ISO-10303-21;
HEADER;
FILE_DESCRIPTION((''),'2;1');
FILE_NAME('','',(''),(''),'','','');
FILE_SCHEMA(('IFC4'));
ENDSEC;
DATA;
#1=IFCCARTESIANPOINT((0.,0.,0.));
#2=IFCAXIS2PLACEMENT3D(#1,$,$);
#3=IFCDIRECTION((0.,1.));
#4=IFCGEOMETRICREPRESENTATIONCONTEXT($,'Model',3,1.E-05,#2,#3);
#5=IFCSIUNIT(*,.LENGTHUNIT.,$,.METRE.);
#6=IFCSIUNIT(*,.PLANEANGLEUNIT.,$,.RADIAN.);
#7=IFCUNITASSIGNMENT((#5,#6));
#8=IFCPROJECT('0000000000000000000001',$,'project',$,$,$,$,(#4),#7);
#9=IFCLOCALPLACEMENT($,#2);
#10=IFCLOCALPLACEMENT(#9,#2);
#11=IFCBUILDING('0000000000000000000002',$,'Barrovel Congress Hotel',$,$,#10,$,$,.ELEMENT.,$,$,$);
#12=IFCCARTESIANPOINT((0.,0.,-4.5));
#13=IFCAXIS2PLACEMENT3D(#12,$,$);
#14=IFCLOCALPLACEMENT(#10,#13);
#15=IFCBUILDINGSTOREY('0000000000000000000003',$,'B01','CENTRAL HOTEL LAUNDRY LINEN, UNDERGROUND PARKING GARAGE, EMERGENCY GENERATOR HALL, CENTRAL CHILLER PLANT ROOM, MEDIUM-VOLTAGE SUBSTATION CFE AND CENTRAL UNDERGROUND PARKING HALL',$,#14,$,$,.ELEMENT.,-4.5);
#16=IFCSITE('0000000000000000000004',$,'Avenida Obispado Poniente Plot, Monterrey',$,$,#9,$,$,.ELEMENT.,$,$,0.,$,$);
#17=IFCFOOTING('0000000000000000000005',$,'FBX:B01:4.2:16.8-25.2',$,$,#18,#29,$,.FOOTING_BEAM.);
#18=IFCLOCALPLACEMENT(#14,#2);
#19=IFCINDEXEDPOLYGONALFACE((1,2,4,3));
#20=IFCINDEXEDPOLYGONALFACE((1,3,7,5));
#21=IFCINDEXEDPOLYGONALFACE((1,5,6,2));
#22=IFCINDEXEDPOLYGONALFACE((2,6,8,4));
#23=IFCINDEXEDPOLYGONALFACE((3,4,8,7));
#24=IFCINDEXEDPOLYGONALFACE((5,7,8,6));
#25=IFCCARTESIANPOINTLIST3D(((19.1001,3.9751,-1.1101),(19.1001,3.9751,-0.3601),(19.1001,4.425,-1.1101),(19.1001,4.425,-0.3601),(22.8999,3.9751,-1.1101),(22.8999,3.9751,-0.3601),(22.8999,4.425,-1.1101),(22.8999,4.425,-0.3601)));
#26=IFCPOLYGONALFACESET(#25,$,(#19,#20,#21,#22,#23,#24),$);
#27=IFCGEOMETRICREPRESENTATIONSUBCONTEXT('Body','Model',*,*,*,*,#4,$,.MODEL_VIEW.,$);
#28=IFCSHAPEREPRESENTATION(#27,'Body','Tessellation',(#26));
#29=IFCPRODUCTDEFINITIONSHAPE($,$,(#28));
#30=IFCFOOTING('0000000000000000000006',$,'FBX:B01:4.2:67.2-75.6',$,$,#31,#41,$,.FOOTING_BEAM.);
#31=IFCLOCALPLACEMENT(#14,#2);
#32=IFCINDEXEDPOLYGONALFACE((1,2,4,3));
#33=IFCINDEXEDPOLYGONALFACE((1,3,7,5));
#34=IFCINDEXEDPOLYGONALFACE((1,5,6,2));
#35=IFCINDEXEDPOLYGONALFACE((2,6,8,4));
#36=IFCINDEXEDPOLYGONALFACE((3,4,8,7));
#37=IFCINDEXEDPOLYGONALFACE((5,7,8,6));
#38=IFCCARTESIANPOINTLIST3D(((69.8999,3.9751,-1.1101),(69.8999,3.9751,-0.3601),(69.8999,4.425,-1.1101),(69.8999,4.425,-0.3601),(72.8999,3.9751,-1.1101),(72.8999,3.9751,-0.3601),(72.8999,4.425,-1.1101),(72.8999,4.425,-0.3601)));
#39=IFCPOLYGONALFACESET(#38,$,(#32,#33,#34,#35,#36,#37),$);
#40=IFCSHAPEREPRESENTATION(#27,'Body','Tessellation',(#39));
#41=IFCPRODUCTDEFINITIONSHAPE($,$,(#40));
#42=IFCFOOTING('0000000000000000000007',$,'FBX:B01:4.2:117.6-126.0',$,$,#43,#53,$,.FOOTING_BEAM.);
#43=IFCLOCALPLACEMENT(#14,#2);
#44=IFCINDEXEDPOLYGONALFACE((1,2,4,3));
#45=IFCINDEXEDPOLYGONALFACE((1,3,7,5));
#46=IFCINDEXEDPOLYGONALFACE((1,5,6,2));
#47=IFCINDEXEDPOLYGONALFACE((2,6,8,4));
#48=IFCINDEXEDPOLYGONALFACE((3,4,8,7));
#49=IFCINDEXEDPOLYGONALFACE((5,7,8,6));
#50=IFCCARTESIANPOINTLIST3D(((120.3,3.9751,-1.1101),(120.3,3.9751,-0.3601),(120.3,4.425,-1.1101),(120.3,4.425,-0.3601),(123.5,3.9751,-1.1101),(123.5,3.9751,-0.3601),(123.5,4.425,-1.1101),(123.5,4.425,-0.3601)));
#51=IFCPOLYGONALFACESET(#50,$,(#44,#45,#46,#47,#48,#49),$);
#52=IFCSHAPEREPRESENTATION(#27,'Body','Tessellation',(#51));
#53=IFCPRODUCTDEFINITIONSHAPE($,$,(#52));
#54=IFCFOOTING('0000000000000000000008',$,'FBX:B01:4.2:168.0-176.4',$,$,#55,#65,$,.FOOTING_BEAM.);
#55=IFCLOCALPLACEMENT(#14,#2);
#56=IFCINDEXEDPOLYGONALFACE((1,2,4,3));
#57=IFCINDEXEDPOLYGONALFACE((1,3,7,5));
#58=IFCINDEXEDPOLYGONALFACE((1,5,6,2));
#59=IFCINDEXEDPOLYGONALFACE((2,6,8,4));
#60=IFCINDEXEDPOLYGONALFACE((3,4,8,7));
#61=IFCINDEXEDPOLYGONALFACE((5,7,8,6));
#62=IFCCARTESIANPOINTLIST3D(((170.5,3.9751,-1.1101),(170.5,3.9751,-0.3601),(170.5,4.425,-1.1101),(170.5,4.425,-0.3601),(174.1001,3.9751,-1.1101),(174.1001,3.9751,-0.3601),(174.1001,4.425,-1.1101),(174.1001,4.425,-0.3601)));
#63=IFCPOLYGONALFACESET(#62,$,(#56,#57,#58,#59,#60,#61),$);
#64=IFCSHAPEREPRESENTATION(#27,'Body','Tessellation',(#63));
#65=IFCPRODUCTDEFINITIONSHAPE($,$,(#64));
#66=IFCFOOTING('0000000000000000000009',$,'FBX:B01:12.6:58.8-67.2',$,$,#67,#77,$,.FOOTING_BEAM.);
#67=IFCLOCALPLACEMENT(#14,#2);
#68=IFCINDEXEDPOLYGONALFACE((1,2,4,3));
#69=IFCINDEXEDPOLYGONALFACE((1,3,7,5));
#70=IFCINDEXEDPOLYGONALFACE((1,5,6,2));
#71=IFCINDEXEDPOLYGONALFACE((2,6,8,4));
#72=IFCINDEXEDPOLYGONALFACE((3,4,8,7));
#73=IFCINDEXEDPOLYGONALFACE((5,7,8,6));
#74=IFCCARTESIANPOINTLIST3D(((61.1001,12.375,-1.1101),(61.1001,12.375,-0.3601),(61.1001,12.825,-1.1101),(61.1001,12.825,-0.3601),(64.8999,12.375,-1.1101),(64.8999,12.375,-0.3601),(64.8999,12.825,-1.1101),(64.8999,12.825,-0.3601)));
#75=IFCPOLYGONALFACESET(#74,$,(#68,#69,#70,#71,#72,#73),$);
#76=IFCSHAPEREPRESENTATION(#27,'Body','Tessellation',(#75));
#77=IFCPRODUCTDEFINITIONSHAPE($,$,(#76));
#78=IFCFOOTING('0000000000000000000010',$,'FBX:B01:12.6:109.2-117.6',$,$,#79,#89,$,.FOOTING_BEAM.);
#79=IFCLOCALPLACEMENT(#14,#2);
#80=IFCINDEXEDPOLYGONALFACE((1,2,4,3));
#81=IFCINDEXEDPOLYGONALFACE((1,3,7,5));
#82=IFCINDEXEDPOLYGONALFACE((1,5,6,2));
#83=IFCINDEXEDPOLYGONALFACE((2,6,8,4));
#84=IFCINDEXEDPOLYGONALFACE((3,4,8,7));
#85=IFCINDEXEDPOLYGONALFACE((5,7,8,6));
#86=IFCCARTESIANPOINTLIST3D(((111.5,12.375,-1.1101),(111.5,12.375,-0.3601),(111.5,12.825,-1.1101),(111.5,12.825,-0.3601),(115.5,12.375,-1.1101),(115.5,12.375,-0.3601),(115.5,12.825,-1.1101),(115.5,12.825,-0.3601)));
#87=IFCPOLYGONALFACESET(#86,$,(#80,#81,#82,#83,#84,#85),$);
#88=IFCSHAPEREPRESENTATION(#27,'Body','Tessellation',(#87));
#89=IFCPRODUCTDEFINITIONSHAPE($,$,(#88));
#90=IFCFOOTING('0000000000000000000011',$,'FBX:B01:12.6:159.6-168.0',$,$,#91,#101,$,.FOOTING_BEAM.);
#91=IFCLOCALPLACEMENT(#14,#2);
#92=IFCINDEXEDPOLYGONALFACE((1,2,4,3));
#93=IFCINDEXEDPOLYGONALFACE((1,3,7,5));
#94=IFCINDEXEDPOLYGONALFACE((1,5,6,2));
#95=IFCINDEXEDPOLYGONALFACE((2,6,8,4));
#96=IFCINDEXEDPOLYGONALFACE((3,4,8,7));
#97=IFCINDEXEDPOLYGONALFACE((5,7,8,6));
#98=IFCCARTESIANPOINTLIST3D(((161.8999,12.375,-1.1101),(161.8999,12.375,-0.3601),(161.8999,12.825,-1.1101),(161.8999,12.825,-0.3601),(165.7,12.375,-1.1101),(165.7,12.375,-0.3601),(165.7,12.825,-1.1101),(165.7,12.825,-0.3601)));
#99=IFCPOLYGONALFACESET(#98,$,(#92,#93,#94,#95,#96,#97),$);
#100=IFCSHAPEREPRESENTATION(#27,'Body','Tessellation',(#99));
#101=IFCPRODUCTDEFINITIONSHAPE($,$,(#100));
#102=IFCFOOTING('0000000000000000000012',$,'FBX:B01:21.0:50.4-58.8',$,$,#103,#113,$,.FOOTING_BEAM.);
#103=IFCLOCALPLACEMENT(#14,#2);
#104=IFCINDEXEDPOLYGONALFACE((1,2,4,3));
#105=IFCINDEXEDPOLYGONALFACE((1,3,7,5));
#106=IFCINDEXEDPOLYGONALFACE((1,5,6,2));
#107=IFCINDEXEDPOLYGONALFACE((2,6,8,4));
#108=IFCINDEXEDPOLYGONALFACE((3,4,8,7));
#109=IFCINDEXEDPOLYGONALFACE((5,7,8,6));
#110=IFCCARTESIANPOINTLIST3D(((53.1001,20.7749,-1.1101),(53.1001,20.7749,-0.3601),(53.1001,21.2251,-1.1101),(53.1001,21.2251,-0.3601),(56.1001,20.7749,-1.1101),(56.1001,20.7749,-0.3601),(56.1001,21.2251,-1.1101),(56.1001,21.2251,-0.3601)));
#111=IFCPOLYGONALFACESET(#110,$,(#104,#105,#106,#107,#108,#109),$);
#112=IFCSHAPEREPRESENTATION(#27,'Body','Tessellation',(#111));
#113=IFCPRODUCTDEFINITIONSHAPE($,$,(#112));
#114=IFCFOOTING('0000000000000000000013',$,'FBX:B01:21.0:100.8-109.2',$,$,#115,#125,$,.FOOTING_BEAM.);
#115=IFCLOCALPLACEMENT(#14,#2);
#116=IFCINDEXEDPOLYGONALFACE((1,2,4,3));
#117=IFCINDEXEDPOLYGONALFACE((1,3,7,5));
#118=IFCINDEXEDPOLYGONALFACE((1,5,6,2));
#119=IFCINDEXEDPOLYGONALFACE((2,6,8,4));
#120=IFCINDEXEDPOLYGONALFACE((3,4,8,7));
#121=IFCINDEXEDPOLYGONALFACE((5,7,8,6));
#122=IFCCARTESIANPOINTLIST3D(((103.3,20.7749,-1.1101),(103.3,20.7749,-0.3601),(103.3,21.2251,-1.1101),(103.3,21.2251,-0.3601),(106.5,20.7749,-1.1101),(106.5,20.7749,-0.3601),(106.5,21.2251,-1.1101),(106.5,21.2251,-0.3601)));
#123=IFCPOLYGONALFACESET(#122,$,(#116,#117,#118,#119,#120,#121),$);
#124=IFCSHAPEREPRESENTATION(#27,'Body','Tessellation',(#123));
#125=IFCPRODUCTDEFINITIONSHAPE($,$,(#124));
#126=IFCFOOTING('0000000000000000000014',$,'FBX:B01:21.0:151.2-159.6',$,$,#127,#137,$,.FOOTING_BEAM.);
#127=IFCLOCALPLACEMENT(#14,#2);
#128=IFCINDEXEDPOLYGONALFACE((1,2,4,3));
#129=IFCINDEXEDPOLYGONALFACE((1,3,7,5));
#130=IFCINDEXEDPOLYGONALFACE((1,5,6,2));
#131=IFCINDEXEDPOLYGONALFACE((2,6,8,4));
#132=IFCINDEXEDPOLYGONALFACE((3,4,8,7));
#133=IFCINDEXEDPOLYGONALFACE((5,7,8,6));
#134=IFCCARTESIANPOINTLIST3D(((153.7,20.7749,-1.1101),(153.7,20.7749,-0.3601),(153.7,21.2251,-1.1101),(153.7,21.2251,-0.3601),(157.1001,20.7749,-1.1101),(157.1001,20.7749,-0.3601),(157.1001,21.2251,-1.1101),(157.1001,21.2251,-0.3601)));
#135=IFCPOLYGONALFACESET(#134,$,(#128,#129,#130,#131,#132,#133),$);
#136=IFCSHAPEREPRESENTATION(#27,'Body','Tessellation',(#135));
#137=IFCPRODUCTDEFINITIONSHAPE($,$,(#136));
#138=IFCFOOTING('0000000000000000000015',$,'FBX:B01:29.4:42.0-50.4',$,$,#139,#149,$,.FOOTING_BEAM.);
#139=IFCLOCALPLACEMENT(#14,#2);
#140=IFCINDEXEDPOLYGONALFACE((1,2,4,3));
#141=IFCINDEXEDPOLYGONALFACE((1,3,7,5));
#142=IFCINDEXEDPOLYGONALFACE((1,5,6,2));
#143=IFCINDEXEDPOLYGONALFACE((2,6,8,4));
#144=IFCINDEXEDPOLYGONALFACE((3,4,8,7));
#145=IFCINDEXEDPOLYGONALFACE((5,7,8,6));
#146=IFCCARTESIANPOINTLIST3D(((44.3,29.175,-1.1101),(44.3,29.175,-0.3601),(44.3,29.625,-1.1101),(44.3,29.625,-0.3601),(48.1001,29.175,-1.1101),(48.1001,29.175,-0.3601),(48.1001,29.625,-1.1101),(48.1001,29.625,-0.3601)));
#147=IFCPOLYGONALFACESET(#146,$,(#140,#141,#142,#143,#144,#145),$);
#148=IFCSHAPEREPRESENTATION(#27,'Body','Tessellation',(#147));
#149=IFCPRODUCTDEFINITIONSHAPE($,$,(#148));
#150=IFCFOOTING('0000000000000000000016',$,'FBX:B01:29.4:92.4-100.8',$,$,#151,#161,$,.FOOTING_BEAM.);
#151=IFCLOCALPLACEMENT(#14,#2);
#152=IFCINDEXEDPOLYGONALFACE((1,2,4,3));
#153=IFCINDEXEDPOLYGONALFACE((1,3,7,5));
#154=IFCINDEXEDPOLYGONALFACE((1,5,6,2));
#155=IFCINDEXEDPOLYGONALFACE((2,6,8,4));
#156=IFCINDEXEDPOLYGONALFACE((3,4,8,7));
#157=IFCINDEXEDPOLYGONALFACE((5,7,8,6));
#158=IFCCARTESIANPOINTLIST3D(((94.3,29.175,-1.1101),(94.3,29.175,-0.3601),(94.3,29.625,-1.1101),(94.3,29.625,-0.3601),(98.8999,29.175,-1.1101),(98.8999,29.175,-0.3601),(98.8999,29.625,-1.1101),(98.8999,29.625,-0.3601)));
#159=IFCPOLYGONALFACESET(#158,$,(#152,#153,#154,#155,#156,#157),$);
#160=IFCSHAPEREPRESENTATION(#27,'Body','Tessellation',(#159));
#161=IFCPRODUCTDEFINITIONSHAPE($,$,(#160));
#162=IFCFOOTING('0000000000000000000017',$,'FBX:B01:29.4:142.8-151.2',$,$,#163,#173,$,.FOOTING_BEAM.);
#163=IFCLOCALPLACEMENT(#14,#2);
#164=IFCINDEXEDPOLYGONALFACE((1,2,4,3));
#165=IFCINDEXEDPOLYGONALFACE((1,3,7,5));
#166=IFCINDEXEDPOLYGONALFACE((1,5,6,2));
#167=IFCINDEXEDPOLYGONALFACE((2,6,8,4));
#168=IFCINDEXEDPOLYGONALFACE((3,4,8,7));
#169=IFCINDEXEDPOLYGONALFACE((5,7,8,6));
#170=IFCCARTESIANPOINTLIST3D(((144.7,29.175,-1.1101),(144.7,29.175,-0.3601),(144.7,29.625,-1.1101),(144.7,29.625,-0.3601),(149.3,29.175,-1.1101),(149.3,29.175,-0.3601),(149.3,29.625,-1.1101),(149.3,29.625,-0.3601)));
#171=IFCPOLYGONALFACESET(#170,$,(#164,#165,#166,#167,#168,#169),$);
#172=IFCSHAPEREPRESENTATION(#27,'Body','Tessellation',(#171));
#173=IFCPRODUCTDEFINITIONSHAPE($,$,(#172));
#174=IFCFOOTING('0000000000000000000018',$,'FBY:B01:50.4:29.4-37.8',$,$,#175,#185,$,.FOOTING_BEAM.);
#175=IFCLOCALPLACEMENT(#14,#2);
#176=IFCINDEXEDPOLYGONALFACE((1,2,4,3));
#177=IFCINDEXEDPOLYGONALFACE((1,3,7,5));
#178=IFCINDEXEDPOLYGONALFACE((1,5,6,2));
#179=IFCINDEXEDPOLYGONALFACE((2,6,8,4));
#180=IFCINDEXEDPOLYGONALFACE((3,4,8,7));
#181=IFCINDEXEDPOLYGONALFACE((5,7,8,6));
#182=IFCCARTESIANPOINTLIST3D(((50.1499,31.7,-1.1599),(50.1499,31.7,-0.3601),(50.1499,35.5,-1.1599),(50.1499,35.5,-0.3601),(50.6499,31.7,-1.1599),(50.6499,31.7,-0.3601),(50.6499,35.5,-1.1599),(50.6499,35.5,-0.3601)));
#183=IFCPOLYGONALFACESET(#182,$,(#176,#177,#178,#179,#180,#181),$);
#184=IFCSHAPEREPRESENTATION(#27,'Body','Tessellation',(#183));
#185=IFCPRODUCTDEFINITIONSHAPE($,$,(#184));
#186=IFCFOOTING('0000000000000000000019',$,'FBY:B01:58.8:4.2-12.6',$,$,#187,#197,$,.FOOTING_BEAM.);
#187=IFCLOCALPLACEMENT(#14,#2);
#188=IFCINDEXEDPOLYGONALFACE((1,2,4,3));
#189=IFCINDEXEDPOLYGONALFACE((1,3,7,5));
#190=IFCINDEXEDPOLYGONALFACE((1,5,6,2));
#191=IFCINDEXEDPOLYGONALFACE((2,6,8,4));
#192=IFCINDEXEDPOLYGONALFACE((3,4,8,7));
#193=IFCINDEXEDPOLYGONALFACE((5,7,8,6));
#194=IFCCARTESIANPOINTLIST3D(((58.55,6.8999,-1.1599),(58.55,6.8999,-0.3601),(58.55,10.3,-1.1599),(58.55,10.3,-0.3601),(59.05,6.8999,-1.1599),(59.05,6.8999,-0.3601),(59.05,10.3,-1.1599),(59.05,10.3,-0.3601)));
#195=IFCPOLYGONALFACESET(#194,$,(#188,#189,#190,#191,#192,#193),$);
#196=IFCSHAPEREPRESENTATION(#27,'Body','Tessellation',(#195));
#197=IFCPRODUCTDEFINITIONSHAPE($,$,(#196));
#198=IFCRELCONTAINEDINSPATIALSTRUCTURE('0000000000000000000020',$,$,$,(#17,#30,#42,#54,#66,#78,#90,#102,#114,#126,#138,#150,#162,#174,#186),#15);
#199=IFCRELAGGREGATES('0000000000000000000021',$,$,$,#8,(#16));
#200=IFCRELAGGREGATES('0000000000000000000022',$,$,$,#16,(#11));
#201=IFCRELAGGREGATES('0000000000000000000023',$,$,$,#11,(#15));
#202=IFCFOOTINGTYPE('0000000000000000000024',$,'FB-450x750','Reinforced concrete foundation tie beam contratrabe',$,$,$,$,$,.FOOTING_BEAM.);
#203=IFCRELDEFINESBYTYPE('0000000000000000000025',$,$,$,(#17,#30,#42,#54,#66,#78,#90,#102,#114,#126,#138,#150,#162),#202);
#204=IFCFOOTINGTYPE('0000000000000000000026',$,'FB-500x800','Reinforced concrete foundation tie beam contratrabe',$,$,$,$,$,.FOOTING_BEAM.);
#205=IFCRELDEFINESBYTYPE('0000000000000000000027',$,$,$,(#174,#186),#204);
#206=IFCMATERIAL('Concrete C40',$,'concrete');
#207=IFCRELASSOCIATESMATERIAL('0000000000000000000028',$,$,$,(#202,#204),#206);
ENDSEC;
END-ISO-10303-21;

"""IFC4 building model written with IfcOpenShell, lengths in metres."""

from ifc_helpers import new_model, si_unit, direction, frame, origin, place, context, subcontext, project, spatial, polyline, outline, extrude, material, type_object, element, save


model = new_model("IFC4")

# Units and contexts
model_context = context("Model", 3, precision=1e-05, world=origin(), true_north=direction((0.0, 1.0)))
body_context = subcontext(model_context, "Body", "Model", "MODEL_VIEW")
ifc_project = project(units=[si_unit("LENGTHUNIT", "METRE"), si_unit("PLANEANGLEUNIT", "RADIAN")], contexts=[model_context])

# Site, building, storey
site_placement = place(None, origin())
site = spatial("IfcSite", under=ifc_project, at=site_placement, Name="Avenida Obispado Poniente Plot, Monterrey", CompositionType="ELEMENT", RefElevation=0.0)
building_placement = place(site_placement, origin())
building = spatial("IfcBuilding", under=site, at=building_placement, Name="Barrovel Congress Hotel", CompositionType="ELEMENT")
storey_placement = place(building_placement, frame((0.0, 0.0, -4.5)))
storey = spatial("IfcBuildingStorey", under=building, at=storey_placement, Name="B01", Description="CENTRAL HOTEL LAUNDRY LINEN, UNDERGROUND PARKING GARAGE, EMERGENCY GENERATOR HALL, CENTRAL CHILLER PLANT ROOM, MEDIUM-VOLTAGE SUBSTATION CFE AND CENTRAL UNDERGROUND PARKING HALL", CompositionType="ELEMENT", Elevation=-4.5)

# Footings
ifc_material = material(Name="Concrete C40", Category="concrete")
footing_type_1 = type_object("IfcFootingType", Name="FB-450x750", Description="Reinforced concrete foundation tie beam contratrabe", PredefinedType="FOOTING_BEAM", material=ifc_material)
footing_1_placement = place(storey_placement, frame((0.0, 0.0, -1.1101)))
element("IfcFooting", 1, at=footing_1_placement, inside=storey, type_object=footing_type_1, Name="FBX:B01:4.2:16.8-25.2", PredefinedType="FOOTING_BEAM", context=body_context, shape_type="SweptSolid", body=[
    extrude(outline(polyline([(19.1001, 3.9751), (22.8999, 3.9751), (22.8999, 4.425), (19.1001, 4.425), (19.1001, 3.9751)])), origin(), (0.0, 0.0, 1.0), 0.75),
])
footing_2_placement = place(storey_placement, frame((0.0, 0.0, -1.1101)))
element("IfcFooting", 2, at=footing_2_placement, inside=storey, type_object=footing_type_1, Name="FBX:B01:4.2:67.2-75.6", PredefinedType="FOOTING_BEAM", context=body_context, shape_type="SweptSolid", body=[
    extrude(outline(polyline([(69.8999, 3.9751), (72.8999, 3.9751), (72.8999, 4.425), (69.8999, 4.425), (69.8999, 3.9751)])), origin(), (0.0, 0.0, 1.0), 0.75),
])
footing_3_placement = place(storey_placement, frame((0.0, 0.0, -1.1101)))
element("IfcFooting", 3, at=footing_3_placement, inside=storey, type_object=footing_type_1, Name="FBX:B01:4.2:117.6-126.0", PredefinedType="FOOTING_BEAM", context=body_context, shape_type="SweptSolid", body=[
    extrude(outline(polyline([(120.3, 3.9751), (123.5, 3.9751), (123.5, 4.425), (120.3, 4.425), (120.3, 3.9751)])), origin(), (0.0, 0.0, 1.0), 0.75),
])
footing_4_placement = place(storey_placement, frame((0.0, 0.0, -1.1101)))
element("IfcFooting", 4, at=footing_4_placement, inside=storey, type_object=footing_type_1, Name="FBX:B01:4.2:168.0-176.4", PredefinedType="FOOTING_BEAM", context=body_context, shape_type="SweptSolid", body=[
    extrude(outline(polyline([(170.5, 3.9751), (174.1001, 3.9751), (174.1001, 4.425), (170.5, 4.425), (170.5, 3.9751)])), origin(), (0.0, 0.0, 1.0), 0.75),
])
footing_5_placement = place(storey_placement, frame((0.0, 0.0, -1.1101)))
element("IfcFooting", 5, at=footing_5_placement, inside=storey, type_object=footing_type_1, Name="FBX:B01:12.6:58.8-67.2", PredefinedType="FOOTING_BEAM", context=body_context, shape_type="SweptSolid", body=[
    extrude(outline(polyline([(61.1001, 12.375), (64.8999, 12.375), (64.8999, 12.825), (61.1001, 12.825), (61.1001, 12.375)])), origin(), (0.0, 0.0, 1.0), 0.75),
])
footing_6_placement = place(storey_placement, frame((0.0, 0.0, -1.1101)))
element("IfcFooting", 6, at=footing_6_placement, inside=storey, type_object=footing_type_1, Name="FBX:B01:12.6:109.2-117.6", PredefinedType="FOOTING_BEAM", context=body_context, shape_type="SweptSolid", body=[
    extrude(outline(polyline([(111.5, 12.375), (115.5, 12.375), (115.5, 12.825), (111.5, 12.825), (111.5, 12.375)])), origin(), (0.0, 0.0, 1.0), 0.75),
])
footing_7_placement = place(storey_placement, frame((0.0, 0.0, -1.1101)))
element("IfcFooting", 7, at=footing_7_placement, inside=storey, type_object=footing_type_1, Name="FBX:B01:12.6:159.6-168.0", PredefinedType="FOOTING_BEAM", context=body_context, shape_type="SweptSolid", body=[
    extrude(outline(polyline([(161.8999, 12.375), (165.7, 12.375), (165.7, 12.825), (161.8999, 12.825), (161.8999, 12.375)])), origin(), (0.0, 0.0, 1.0), 0.75),
])
footing_8_placement = place(storey_placement, frame((0.0, 0.0, -1.1101)))
element("IfcFooting", 8, at=footing_8_placement, inside=storey, type_object=footing_type_1, Name="FBX:B01:21.0:50.4-58.8", PredefinedType="FOOTING_BEAM", context=body_context, shape_type="SweptSolid", body=[
    extrude(outline(polyline([(53.1001, 20.7749), (56.1001, 20.7749), (56.1001, 21.2251), (53.1001, 21.2251), (53.1001, 20.7749)])), origin(), (0.0, 0.0, 1.0), 0.75),
])
footing_9_placement = place(storey_placement, frame((0.0, 0.0, -1.1101)))
element("IfcFooting", 9, at=footing_9_placement, inside=storey, type_object=footing_type_1, Name="FBX:B01:21.0:100.8-109.2", PredefinedType="FOOTING_BEAM", context=body_context, shape_type="SweptSolid", body=[
    extrude(outline(polyline([(103.3, 20.7749), (106.5, 20.7749), (106.5, 21.2251), (103.3, 21.2251), (103.3, 20.7749)])), origin(), (0.0, 0.0, 1.0), 0.75),
])
footing_10_placement = place(storey_placement, frame((0.0, 0.0, -1.1101)))
element("IfcFooting", 10, at=footing_10_placement, inside=storey, type_object=footing_type_1, Name="FBX:B01:21.0:151.2-159.6", PredefinedType="FOOTING_BEAM", context=body_context, shape_type="SweptSolid", body=[
    extrude(outline(polyline([(153.7, 20.7749), (157.1001, 20.7749), (157.1001, 21.2251), (153.7, 21.2251), (153.7, 20.7749)])), origin(), (0.0, 0.0, 1.0), 0.75),
])
footing_11_placement = place(storey_placement, frame((0.0, 0.0, -1.1101)))
element("IfcFooting", 11, at=footing_11_placement, inside=storey, type_object=footing_type_1, Name="FBX:B01:29.4:42.0-50.4", PredefinedType="FOOTING_BEAM", context=body_context, shape_type="SweptSolid", body=[
    extrude(outline(polyline([(44.3, 29.175), (48.1001, 29.175), (48.1001, 29.625), (44.3, 29.625), (44.3, 29.175)])), origin(), (0.0, 0.0, 1.0), 0.75),
])
footing_12_placement = place(storey_placement, frame((0.0, 0.0, -1.1101)))
element("IfcFooting", 12, at=footing_12_placement, inside=storey, type_object=footing_type_1, Name="FBX:B01:29.4:92.4-100.8", PredefinedType="FOOTING_BEAM", context=body_context, shape_type="SweptSolid", body=[
    extrude(outline(polyline([(94.3, 29.175), (98.8999, 29.175), (98.8999, 29.625), (94.3, 29.625), (94.3, 29.175)])), origin(), (0.0, 0.0, 1.0), 0.75),
])
footing_13_placement = place(storey_placement, frame((0.0, 0.0, -1.1101)))
element("IfcFooting", 13, at=footing_13_placement, inside=storey, type_object=footing_type_1, Name="FBX:B01:29.4:142.8-151.2", PredefinedType="FOOTING_BEAM", context=body_context, shape_type="SweptSolid", body=[
    extrude(outline(polyline([(144.7, 29.175), (149.3, 29.175), (149.3, 29.625), (144.7, 29.625), (144.7, 29.175)])), origin(), (0.0, 0.0, 1.0), 0.75),
])
footing_type_2 = type_object("IfcFootingType", Name="FB-500x800", Description="Reinforced concrete foundation tie beam contratrabe", PredefinedType="FOOTING_BEAM", material=ifc_material)
footing_14_placement = place(storey_placement, frame((0.0, 0.0, -1.1599)))
element("IfcFooting", 14, at=footing_14_placement, inside=storey, type_object=footing_type_2, Name="FBY:B01:50.4:29.4-37.8", PredefinedType="FOOTING_BEAM", context=body_context, shape_type="SweptSolid", body=[
    extrude(outline(polyline([(50.1499, 31.7), (50.6499, 31.7), (50.6499, 35.5), (50.1499, 35.5), (50.1499, 31.7)])), origin(), (0.0, 0.0, 1.0), 0.7998),
])
footing_15_placement = place(storey_placement, frame((0.0, 0.0, -1.1599)))
element("IfcFooting", 15, at=footing_15_placement, inside=storey, type_object=footing_type_2, Name="FBY:B01:58.8:4.2-12.6", PredefinedType="FOOTING_BEAM", context=body_context, shape_type="SweptSolid", body=[
    extrude(outline(polyline([(58.55, 6.8999), (59.05, 6.8999), (59.05, 10.3), (58.55, 10.3), (58.55, 6.8999)])), origin(), (0.0, 0.0, 1.0), 0.7998),
])

save(model, "model.ifc")
